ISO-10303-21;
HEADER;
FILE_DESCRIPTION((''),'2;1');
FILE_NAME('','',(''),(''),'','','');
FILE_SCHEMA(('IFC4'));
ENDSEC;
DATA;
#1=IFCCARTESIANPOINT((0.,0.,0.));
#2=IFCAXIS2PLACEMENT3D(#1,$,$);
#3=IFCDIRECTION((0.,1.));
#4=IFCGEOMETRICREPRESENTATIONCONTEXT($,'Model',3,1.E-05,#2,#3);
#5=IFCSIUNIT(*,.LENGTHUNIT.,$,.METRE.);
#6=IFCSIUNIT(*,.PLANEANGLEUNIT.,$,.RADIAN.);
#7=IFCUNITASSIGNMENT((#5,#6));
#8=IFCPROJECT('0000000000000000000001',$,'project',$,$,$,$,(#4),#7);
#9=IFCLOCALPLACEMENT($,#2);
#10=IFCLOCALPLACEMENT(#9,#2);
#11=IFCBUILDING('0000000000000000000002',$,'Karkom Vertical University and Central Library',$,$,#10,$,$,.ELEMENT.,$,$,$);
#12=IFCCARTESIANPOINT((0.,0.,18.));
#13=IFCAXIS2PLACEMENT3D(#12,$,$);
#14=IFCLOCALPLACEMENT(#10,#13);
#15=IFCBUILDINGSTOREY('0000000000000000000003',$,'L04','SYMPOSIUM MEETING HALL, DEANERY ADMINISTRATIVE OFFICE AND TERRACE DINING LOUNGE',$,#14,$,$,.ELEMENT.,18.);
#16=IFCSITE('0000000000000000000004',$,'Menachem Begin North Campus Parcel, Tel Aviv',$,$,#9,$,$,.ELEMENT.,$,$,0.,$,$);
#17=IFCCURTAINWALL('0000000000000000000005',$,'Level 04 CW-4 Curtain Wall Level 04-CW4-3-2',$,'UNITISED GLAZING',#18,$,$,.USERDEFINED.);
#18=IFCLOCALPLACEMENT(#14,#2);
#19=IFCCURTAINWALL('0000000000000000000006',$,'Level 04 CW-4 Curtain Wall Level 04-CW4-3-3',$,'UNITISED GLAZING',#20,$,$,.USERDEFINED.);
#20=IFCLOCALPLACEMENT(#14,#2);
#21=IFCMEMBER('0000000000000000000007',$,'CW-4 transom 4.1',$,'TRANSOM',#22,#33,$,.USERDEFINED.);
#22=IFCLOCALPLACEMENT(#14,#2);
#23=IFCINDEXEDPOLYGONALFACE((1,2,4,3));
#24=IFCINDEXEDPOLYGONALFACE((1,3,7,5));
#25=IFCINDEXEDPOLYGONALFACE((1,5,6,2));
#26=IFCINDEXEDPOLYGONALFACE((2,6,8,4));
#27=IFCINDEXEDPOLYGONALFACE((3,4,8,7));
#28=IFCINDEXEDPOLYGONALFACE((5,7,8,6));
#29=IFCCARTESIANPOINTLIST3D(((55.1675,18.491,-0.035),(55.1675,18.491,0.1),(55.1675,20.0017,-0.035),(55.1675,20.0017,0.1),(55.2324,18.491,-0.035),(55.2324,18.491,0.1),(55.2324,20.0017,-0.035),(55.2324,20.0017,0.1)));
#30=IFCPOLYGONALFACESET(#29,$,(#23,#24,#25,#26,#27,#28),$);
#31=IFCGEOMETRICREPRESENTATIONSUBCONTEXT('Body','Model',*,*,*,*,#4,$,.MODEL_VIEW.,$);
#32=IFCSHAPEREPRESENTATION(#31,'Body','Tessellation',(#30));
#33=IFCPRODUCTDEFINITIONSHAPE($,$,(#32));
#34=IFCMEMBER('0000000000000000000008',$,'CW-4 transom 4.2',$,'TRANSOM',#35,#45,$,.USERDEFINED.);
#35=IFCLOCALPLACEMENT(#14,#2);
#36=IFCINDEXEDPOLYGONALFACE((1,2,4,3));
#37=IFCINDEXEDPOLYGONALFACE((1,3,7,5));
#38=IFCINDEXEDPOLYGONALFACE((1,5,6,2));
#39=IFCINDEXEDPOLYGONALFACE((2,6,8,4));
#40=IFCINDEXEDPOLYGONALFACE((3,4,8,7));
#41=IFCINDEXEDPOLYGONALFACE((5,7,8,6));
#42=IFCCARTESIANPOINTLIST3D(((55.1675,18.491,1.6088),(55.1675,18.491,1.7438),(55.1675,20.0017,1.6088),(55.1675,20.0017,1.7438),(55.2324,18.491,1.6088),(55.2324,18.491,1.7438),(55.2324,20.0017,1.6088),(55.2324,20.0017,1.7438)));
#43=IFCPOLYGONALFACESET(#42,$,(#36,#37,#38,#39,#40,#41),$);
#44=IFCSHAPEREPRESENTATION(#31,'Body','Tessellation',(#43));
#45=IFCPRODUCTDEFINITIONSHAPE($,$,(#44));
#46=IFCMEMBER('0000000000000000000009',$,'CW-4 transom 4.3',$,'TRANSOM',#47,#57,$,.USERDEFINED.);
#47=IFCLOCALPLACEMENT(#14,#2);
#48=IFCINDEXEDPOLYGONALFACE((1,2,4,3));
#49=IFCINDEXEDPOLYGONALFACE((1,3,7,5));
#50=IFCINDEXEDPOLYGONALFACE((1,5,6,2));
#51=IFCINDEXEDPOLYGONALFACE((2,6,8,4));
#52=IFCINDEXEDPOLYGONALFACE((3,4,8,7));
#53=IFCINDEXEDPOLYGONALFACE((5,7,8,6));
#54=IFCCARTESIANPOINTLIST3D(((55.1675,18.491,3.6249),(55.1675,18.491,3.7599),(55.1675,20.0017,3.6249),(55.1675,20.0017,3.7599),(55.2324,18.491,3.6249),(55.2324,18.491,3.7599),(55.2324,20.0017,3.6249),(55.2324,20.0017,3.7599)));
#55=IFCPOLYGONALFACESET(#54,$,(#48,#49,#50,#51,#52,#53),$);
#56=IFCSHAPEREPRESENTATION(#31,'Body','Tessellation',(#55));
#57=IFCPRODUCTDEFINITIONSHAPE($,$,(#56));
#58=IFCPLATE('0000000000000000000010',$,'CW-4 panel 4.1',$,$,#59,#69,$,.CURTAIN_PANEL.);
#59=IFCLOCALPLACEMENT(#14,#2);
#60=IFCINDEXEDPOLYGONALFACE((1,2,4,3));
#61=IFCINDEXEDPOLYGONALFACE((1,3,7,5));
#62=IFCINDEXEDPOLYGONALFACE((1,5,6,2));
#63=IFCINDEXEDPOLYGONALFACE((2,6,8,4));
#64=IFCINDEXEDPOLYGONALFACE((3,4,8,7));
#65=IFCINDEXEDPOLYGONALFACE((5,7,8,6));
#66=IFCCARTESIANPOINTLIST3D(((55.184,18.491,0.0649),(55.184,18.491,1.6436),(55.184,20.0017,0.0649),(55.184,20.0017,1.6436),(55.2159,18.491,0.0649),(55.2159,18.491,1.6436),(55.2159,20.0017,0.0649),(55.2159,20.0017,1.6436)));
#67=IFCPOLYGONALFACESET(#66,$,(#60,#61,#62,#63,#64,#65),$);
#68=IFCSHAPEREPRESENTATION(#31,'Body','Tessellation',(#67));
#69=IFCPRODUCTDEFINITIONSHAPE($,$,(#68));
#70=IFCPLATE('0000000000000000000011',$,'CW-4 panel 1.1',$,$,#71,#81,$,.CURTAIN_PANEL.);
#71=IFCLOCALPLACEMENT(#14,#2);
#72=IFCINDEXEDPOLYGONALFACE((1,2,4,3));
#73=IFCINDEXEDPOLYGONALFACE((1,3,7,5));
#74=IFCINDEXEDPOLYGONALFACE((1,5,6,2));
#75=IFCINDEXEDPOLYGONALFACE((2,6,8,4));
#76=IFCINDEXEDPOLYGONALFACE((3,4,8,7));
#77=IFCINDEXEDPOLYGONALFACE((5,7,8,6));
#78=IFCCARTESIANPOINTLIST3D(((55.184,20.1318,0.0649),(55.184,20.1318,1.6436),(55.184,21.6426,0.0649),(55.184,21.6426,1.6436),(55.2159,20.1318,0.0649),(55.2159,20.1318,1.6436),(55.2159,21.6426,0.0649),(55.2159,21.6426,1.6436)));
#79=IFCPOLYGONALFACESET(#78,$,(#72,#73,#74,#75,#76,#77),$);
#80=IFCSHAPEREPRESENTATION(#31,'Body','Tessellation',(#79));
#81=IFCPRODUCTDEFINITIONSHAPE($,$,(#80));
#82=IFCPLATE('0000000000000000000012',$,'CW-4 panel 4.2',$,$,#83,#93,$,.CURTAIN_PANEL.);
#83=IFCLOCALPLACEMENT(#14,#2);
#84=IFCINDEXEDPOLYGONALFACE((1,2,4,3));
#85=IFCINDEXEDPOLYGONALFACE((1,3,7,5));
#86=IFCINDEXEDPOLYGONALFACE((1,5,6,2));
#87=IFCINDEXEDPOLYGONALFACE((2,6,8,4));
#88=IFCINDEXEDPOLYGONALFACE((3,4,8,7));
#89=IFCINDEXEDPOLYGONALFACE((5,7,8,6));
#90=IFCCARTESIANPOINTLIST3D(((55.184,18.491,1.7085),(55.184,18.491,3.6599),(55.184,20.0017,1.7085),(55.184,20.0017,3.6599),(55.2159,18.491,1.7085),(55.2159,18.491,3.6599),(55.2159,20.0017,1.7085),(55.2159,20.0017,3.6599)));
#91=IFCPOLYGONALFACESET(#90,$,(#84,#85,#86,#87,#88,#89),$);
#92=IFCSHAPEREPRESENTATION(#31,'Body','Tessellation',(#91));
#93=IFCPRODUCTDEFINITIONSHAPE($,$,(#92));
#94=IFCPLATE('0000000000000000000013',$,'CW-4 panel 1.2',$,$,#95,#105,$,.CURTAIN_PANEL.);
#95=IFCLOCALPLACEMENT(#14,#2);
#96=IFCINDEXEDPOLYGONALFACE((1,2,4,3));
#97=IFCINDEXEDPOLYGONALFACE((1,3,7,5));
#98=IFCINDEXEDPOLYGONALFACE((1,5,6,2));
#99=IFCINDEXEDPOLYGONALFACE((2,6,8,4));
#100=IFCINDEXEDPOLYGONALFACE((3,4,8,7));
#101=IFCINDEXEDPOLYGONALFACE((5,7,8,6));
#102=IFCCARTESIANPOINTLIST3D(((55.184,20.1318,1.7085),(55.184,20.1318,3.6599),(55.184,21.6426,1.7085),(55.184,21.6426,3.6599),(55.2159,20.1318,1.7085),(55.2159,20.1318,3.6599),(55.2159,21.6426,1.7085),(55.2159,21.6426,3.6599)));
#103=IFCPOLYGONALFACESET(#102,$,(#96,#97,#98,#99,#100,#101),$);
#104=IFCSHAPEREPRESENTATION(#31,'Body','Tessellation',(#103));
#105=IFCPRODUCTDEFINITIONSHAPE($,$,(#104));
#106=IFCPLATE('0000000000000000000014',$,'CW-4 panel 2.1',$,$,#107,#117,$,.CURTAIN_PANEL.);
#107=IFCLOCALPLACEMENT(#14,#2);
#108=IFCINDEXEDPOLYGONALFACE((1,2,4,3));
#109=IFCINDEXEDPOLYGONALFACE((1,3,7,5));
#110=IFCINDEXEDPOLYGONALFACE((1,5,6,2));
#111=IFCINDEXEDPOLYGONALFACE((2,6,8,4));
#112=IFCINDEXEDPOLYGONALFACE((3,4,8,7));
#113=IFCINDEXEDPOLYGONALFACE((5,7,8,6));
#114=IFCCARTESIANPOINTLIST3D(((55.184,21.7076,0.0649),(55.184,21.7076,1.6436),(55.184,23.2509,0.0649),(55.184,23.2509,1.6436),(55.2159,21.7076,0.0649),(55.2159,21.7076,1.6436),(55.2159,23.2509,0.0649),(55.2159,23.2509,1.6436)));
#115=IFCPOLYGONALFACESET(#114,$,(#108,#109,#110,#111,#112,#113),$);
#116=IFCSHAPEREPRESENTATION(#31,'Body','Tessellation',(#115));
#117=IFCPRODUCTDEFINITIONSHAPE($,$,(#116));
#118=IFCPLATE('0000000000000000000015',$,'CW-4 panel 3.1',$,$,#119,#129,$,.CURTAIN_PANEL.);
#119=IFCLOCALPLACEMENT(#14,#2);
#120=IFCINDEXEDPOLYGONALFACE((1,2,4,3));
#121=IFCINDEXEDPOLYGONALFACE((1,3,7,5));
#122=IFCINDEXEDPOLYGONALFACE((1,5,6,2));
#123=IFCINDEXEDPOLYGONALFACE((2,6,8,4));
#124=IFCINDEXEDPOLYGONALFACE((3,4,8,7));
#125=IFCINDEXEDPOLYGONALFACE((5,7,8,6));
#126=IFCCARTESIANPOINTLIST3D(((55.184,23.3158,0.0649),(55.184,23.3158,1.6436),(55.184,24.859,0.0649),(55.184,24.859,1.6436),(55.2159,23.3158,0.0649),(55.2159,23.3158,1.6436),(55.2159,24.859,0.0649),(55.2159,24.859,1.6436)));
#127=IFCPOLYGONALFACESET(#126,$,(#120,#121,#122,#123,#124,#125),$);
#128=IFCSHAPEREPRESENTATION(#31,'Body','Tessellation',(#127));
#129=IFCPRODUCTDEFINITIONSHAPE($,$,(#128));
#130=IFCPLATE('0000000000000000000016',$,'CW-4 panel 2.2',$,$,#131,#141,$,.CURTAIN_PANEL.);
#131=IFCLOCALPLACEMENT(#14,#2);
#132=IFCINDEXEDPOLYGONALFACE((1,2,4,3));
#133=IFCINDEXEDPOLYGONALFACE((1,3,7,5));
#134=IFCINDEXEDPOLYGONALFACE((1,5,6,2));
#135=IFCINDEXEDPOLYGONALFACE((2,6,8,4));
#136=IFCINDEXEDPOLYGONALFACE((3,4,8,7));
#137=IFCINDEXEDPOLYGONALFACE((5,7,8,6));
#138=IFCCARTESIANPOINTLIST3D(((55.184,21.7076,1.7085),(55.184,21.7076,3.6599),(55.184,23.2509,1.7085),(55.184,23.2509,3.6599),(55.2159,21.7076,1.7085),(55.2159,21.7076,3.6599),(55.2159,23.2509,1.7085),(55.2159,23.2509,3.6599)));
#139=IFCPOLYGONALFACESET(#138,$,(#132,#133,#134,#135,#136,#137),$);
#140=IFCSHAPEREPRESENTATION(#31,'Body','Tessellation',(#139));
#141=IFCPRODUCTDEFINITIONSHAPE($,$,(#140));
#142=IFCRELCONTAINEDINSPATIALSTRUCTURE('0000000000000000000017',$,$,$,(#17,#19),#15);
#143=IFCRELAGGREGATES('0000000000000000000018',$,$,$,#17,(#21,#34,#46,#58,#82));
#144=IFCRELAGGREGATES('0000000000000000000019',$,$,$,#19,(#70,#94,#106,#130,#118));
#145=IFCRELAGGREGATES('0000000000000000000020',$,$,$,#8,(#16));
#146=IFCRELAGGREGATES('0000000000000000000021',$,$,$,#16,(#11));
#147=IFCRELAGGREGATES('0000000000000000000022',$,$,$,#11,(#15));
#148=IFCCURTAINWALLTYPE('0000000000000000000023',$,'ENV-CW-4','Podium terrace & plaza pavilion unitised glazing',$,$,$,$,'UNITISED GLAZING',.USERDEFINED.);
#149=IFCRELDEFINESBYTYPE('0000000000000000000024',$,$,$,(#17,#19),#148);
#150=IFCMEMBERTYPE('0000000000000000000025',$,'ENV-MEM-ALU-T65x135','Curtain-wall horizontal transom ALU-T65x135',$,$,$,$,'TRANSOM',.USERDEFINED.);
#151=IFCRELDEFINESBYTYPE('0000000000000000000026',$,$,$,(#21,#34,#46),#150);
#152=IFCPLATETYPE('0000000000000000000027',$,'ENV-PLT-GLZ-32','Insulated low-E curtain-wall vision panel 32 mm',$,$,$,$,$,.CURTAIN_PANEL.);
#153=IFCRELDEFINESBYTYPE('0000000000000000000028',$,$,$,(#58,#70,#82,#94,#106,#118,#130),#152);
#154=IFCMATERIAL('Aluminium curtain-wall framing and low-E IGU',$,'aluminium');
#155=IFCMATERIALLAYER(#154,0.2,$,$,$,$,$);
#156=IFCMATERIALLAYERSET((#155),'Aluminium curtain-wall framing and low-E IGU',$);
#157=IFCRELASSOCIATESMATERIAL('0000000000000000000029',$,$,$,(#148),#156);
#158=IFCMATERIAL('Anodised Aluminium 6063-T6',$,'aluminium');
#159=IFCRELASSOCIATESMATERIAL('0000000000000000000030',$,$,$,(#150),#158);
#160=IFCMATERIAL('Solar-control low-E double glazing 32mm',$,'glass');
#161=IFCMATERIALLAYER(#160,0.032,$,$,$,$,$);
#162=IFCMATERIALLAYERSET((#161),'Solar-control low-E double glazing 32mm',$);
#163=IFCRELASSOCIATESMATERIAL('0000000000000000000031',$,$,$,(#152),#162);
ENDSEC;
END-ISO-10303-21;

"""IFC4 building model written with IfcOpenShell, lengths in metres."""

from ifc_helpers import new_model, si_unit, direction, frame, origin, origin_with_axes, origin_2d, place, context, subcontext, project, spatial, rectangle, extrude, source, transform, mapped, material, layer, layer_set, material_profile, profile_set, type_object, element, aggregate, save


model = new_model("IFC4")

# Units and contexts
model_context = context("Model", 3, precision=1e-05, world=origin(), true_north=direction((0.0, 1.0)))
body_context = subcontext(model_context, "Body", "Model", "MODEL_VIEW")
ifc_project = project(units=[si_unit("LENGTHUNIT", "METRE"), si_unit("PLANEANGLEUNIT", "RADIAN")], contexts=[model_context])

# Site, building, storey
site_placement = place(None, origin())
site = spatial("IfcSite", under=ifc_project, at=site_placement, Name="Menachem Begin North Campus Parcel, Tel Aviv", CompositionType="ELEMENT", RefElevation=0.0)
building_placement = place(site_placement, origin())
building = spatial("IfcBuilding", under=site, at=building_placement, Name="Karkom Vertical University and Central Library", CompositionType="ELEMENT")
storey_placement = place(building_placement, frame((0.0, 0.0, 18.0)))
storey = spatial("IfcBuildingStorey", under=building, at=storey_placement, Name="L04", Description="SYMPOSIUM MEETING HALL, DEANERY ADMINISTRATIVE OFFICE AND TERRACE DINING LOUNGE", CompositionType="ELEMENT", Elevation=18.0)

# Curtain wall
ifc_material_1 = material(Name="Aluminium curtain-wall framing and low-E IGU", Category="aluminium")
ifc_layer_1 = layer(ifc_material_1, 0.2)
ifc_layer_set_1 = layer_set([ifc_layer_1], Name="Aluminium curtain-wall framing and low-E IGU")
curtain_wall_type = type_object("IfcCurtainWallType", Name="ENV-CW-4", Description="Podium terrace & plaza pavilion unitised glazing", ElementType="UNITISED GLAZING", PredefinedType="USERDEFINED", material=ifc_layer_set_1)
curtain_wall_1_placement = place(storey_placement, origin())
curtain_wall_1 = element("IfcCurtainWall", 1, at=curtain_wall_1_placement, inside=storey, type_object=curtain_wall_type, Name="Level 04 CW-4 Curtain Wall Level 04-CW4-3-2", ObjectType="UNITISED GLAZING", PredefinedType="USERDEFINED")
ifc_material_2 = material(Name="Anodised Aluminium 6063-T6", Category="aluminium")

# Curtain wall
curtain_wall_2_placement = place(storey_placement, origin())
curtain_wall_2 = element("IfcCurtainWall", 2, at=curtain_wall_2_placement, inside=storey, type_object=curtain_wall_type, Name="Level 04 CW-4 Curtain Wall Level 04-CW4-3-3", ObjectType="UNITISED GLAZING", PredefinedType="USERDEFINED")
ifc_material_profile_1 = material_profile(ifc_material_2, rectangle(XDim=0.0649, YDim=0.135, at=origin_2d()), Name="ALU-T65x135")
ifc_profile_set_1 = profile_set([ifc_material_profile_1], Name="Anodised Aluminium 6063-T6")
member_type_1 = type_object("IfcMemberType", Name="ENV-MEM-ALU-T65x135", Description="Curtain-wall horizontal transom ALU-T65x135", ElementType="TRANSOM", PredefinedType="USERDEFINED", material=ifc_profile_set_1)

# Members
shared_shape_1 = source(origin_with_axes(), body_context, "Body", "SweptSolid", [
    extrude(rectangle(XDim=0.0649, YDim=0.135, at=origin_2d()), origin(), (0.0, 0.0, 1.0), 1.5107),
])
member_1_placement = place(storey_placement, frame((55.2, 18.491, 0.0325), z_axis=(0.0, 1.0, 0.0), x_axis=(-1.0, 0.0, 0.0)))
member_1 = element("IfcMember", 3, at=member_1_placement, type_object=member_type_1, Name="CW-4 transom 4.1", ObjectType="TRANSOM", PredefinedType="USERDEFINED", context=body_context, shape_type="MappedRepresentation", body=[
    mapped(shared_shape_1, transform((0.0, 0.0, 0.0), scale=1.0)),
])
member_2_placement = place(storey_placement, frame((55.2, 18.491, 1.6763), z_axis=(0.0, 1.0, 0.0), x_axis=(-1.0, 0.0, 0.0)))
member_2 = element("IfcMember", 4, at=member_2_placement, type_object=member_type_1, Name="CW-4 transom 4.2", ObjectType="TRANSOM", PredefinedType="USERDEFINED", context=body_context, shape_type="MappedRepresentation", body=[
    mapped(shared_shape_1, transform((0.0, 0.0, 0.0), scale=1.0)),
])
member_3_placement = place(storey_placement, frame((55.2, 18.491, 3.6924), z_axis=(0.0, 1.0, 0.0), x_axis=(-1.0, 0.0, 0.0)))
member_3 = element("IfcMember", 5, at=member_3_placement, type_object=member_type_1, Name="CW-4 transom 4.3", ObjectType="TRANSOM", PredefinedType="USERDEFINED", context=body_context, shape_type="MappedRepresentation", body=[
    mapped(shared_shape_1, transform((0.0, 0.0, 0.0), scale=1.0)),
])

# Plates
ifc_material_3 = material(Name="Solar-control low-E double glazing 32mm", Category="glass")
ifc_layer_2 = layer(ifc_material_3, 0.032)
ifc_layer_set_2 = layer_set([ifc_layer_2], Name="Solar-control low-E double glazing 32mm")
plate_type = type_object("IfcPlateType", Name="ENV-PLT-GLZ-32", Description="Insulated low-E curtain-wall vision panel 32 mm", PredefinedType="CURTAIN_PANEL", material=ifc_layer_set_2)
shared_shape_2 = source(origin_with_axes(), body_context, "Body", "SweptSolid", [
    extrude(rectangle(XDim=1.5107, YDim=0.032, at=origin_2d()), origin(), (0.0, 0.0, 1.0), 1.5786),
])
plate_1_placement = place(storey_placement, frame((55.2, 19.2463, 0.0649), z_axis=(0.0, 0.0, 1.0), x_axis=(0.0, 1.0, 0.0)))
plate_1 = element("IfcPlate", 6, at=plate_1_placement, type_object=plate_type, Name="CW-4 panel 4.1", PredefinedType="CURTAIN_PANEL", context=body_context, shape_type="MappedRepresentation", body=[
    mapped(shared_shape_2, transform((0.0, 0.0, 0.0), scale=1.0)),
])
plate_2_placement = place(storey_placement, frame((55.2, 20.8872, 0.0649), z_axis=(0.0, 0.0, 1.0), x_axis=(0.0, 1.0, 0.0)))
plate_2 = element("IfcPlate", 7, at=plate_2_placement, type_object=plate_type, Name="CW-4 panel 1.1", PredefinedType="CURTAIN_PANEL", context=body_context, shape_type="MappedRepresentation", body=[
    mapped(shared_shape_2, transform((0.0, 0.0, 0.0), scale=1.0)),
])
shared_shape_3 = source(origin_with_axes(), body_context, "Body", "SweptSolid", [
    extrude(rectangle(XDim=1.5107, YDim=0.032, at=origin_2d()), origin(), (0.0, 0.0, 1.0), 1.9514),
])
plate_3_placement = place(storey_placement, frame((55.2, 19.2463, 1.7085), z_axis=(0.0, 0.0, 1.0), x_axis=(0.0, 1.0, 0.0)))
plate_3 = element("IfcPlate", 8, at=plate_3_placement, type_object=plate_type, Name="CW-4 panel 4.2", PredefinedType="CURTAIN_PANEL", context=body_context, shape_type="MappedRepresentation", body=[
    mapped(shared_shape_3, transform((0.0, 0.0, 0.0), scale=1.0)),
])
aggregate(curtain_wall_1, [member_1, member_2, member_3, plate_1, plate_3])
plate_4_placement = place(storey_placement, frame((55.2, 20.8872, 1.7085), z_axis=(0.0, 0.0, 1.0), x_axis=(0.0, 1.0, 0.0)))
plate_4 = element("IfcPlate", 9, at=plate_4_placement, type_object=plate_type, Name="CW-4 panel 1.2", PredefinedType="CURTAIN_PANEL", context=body_context, shape_type="MappedRepresentation", body=[
    mapped(shared_shape_3, transform((0.0, 0.0, 0.0), scale=1.0)),
])
shared_shape_4 = source(origin_with_axes(), body_context, "Body", "SweptSolid", [
    extrude(rectangle(XDim=1.5432, YDim=0.032, at=origin_2d()), origin(), (0.0, 0.0, 1.0), 1.5786),
])
plate_5_placement = place(storey_placement, frame((55.2, 22.4792, 0.0649), z_axis=(0.0, 0.0, 1.0), x_axis=(0.0, 1.0, 0.0)))
plate_5 = element("IfcPlate", 10, at=plate_5_placement, type_object=plate_type, Name="CW-4 panel 2.1", PredefinedType="CURTAIN_PANEL", context=body_context, shape_type="MappedRepresentation", body=[
    mapped(shared_shape_4, transform((0.0, 0.0, 0.0), scale=1.0)),
])
plate_6_placement = place(storey_placement, frame((55.2, 24.0874, 0.0649), z_axis=(0.0, 0.0, 1.0), x_axis=(0.0, 1.0, 0.0)))
plate_6 = element("IfcPlate", 11, at=plate_6_placement, type_object=plate_type, Name="CW-4 panel 3.1", PredefinedType="CURTAIN_PANEL", context=body_context, shape_type="MappedRepresentation", body=[
    mapped(shared_shape_4, transform((0.0, 0.0, 0.0), scale=1.0)),
])
shared_shape_5 = source(origin_with_axes(), body_context, "Body", "SweptSolid", [
    extrude(rectangle(XDim=1.5432, YDim=0.032, at=origin_2d()), origin(), (0.0, 0.0, 1.0), 1.9514),
])
plate_7_placement = place(storey_placement, frame((55.2, 22.4792, 1.7085), z_axis=(0.0, 0.0, 1.0), x_axis=(0.0, 1.0, 0.0)))
plate_7 = element("IfcPlate", 12, at=plate_7_placement, type_object=plate_type, Name="CW-4 panel 2.2", PredefinedType="CURTAIN_PANEL", context=body_context, shape_type="MappedRepresentation", body=[
    mapped(shared_shape_5, transform((0.0, 0.0, 0.0), scale=1.0)),
])
aggregate(curtain_wall_2, [plate_2, plate_4, plate_5, plate_7, plate_6])

save(model, "model.ifc")
